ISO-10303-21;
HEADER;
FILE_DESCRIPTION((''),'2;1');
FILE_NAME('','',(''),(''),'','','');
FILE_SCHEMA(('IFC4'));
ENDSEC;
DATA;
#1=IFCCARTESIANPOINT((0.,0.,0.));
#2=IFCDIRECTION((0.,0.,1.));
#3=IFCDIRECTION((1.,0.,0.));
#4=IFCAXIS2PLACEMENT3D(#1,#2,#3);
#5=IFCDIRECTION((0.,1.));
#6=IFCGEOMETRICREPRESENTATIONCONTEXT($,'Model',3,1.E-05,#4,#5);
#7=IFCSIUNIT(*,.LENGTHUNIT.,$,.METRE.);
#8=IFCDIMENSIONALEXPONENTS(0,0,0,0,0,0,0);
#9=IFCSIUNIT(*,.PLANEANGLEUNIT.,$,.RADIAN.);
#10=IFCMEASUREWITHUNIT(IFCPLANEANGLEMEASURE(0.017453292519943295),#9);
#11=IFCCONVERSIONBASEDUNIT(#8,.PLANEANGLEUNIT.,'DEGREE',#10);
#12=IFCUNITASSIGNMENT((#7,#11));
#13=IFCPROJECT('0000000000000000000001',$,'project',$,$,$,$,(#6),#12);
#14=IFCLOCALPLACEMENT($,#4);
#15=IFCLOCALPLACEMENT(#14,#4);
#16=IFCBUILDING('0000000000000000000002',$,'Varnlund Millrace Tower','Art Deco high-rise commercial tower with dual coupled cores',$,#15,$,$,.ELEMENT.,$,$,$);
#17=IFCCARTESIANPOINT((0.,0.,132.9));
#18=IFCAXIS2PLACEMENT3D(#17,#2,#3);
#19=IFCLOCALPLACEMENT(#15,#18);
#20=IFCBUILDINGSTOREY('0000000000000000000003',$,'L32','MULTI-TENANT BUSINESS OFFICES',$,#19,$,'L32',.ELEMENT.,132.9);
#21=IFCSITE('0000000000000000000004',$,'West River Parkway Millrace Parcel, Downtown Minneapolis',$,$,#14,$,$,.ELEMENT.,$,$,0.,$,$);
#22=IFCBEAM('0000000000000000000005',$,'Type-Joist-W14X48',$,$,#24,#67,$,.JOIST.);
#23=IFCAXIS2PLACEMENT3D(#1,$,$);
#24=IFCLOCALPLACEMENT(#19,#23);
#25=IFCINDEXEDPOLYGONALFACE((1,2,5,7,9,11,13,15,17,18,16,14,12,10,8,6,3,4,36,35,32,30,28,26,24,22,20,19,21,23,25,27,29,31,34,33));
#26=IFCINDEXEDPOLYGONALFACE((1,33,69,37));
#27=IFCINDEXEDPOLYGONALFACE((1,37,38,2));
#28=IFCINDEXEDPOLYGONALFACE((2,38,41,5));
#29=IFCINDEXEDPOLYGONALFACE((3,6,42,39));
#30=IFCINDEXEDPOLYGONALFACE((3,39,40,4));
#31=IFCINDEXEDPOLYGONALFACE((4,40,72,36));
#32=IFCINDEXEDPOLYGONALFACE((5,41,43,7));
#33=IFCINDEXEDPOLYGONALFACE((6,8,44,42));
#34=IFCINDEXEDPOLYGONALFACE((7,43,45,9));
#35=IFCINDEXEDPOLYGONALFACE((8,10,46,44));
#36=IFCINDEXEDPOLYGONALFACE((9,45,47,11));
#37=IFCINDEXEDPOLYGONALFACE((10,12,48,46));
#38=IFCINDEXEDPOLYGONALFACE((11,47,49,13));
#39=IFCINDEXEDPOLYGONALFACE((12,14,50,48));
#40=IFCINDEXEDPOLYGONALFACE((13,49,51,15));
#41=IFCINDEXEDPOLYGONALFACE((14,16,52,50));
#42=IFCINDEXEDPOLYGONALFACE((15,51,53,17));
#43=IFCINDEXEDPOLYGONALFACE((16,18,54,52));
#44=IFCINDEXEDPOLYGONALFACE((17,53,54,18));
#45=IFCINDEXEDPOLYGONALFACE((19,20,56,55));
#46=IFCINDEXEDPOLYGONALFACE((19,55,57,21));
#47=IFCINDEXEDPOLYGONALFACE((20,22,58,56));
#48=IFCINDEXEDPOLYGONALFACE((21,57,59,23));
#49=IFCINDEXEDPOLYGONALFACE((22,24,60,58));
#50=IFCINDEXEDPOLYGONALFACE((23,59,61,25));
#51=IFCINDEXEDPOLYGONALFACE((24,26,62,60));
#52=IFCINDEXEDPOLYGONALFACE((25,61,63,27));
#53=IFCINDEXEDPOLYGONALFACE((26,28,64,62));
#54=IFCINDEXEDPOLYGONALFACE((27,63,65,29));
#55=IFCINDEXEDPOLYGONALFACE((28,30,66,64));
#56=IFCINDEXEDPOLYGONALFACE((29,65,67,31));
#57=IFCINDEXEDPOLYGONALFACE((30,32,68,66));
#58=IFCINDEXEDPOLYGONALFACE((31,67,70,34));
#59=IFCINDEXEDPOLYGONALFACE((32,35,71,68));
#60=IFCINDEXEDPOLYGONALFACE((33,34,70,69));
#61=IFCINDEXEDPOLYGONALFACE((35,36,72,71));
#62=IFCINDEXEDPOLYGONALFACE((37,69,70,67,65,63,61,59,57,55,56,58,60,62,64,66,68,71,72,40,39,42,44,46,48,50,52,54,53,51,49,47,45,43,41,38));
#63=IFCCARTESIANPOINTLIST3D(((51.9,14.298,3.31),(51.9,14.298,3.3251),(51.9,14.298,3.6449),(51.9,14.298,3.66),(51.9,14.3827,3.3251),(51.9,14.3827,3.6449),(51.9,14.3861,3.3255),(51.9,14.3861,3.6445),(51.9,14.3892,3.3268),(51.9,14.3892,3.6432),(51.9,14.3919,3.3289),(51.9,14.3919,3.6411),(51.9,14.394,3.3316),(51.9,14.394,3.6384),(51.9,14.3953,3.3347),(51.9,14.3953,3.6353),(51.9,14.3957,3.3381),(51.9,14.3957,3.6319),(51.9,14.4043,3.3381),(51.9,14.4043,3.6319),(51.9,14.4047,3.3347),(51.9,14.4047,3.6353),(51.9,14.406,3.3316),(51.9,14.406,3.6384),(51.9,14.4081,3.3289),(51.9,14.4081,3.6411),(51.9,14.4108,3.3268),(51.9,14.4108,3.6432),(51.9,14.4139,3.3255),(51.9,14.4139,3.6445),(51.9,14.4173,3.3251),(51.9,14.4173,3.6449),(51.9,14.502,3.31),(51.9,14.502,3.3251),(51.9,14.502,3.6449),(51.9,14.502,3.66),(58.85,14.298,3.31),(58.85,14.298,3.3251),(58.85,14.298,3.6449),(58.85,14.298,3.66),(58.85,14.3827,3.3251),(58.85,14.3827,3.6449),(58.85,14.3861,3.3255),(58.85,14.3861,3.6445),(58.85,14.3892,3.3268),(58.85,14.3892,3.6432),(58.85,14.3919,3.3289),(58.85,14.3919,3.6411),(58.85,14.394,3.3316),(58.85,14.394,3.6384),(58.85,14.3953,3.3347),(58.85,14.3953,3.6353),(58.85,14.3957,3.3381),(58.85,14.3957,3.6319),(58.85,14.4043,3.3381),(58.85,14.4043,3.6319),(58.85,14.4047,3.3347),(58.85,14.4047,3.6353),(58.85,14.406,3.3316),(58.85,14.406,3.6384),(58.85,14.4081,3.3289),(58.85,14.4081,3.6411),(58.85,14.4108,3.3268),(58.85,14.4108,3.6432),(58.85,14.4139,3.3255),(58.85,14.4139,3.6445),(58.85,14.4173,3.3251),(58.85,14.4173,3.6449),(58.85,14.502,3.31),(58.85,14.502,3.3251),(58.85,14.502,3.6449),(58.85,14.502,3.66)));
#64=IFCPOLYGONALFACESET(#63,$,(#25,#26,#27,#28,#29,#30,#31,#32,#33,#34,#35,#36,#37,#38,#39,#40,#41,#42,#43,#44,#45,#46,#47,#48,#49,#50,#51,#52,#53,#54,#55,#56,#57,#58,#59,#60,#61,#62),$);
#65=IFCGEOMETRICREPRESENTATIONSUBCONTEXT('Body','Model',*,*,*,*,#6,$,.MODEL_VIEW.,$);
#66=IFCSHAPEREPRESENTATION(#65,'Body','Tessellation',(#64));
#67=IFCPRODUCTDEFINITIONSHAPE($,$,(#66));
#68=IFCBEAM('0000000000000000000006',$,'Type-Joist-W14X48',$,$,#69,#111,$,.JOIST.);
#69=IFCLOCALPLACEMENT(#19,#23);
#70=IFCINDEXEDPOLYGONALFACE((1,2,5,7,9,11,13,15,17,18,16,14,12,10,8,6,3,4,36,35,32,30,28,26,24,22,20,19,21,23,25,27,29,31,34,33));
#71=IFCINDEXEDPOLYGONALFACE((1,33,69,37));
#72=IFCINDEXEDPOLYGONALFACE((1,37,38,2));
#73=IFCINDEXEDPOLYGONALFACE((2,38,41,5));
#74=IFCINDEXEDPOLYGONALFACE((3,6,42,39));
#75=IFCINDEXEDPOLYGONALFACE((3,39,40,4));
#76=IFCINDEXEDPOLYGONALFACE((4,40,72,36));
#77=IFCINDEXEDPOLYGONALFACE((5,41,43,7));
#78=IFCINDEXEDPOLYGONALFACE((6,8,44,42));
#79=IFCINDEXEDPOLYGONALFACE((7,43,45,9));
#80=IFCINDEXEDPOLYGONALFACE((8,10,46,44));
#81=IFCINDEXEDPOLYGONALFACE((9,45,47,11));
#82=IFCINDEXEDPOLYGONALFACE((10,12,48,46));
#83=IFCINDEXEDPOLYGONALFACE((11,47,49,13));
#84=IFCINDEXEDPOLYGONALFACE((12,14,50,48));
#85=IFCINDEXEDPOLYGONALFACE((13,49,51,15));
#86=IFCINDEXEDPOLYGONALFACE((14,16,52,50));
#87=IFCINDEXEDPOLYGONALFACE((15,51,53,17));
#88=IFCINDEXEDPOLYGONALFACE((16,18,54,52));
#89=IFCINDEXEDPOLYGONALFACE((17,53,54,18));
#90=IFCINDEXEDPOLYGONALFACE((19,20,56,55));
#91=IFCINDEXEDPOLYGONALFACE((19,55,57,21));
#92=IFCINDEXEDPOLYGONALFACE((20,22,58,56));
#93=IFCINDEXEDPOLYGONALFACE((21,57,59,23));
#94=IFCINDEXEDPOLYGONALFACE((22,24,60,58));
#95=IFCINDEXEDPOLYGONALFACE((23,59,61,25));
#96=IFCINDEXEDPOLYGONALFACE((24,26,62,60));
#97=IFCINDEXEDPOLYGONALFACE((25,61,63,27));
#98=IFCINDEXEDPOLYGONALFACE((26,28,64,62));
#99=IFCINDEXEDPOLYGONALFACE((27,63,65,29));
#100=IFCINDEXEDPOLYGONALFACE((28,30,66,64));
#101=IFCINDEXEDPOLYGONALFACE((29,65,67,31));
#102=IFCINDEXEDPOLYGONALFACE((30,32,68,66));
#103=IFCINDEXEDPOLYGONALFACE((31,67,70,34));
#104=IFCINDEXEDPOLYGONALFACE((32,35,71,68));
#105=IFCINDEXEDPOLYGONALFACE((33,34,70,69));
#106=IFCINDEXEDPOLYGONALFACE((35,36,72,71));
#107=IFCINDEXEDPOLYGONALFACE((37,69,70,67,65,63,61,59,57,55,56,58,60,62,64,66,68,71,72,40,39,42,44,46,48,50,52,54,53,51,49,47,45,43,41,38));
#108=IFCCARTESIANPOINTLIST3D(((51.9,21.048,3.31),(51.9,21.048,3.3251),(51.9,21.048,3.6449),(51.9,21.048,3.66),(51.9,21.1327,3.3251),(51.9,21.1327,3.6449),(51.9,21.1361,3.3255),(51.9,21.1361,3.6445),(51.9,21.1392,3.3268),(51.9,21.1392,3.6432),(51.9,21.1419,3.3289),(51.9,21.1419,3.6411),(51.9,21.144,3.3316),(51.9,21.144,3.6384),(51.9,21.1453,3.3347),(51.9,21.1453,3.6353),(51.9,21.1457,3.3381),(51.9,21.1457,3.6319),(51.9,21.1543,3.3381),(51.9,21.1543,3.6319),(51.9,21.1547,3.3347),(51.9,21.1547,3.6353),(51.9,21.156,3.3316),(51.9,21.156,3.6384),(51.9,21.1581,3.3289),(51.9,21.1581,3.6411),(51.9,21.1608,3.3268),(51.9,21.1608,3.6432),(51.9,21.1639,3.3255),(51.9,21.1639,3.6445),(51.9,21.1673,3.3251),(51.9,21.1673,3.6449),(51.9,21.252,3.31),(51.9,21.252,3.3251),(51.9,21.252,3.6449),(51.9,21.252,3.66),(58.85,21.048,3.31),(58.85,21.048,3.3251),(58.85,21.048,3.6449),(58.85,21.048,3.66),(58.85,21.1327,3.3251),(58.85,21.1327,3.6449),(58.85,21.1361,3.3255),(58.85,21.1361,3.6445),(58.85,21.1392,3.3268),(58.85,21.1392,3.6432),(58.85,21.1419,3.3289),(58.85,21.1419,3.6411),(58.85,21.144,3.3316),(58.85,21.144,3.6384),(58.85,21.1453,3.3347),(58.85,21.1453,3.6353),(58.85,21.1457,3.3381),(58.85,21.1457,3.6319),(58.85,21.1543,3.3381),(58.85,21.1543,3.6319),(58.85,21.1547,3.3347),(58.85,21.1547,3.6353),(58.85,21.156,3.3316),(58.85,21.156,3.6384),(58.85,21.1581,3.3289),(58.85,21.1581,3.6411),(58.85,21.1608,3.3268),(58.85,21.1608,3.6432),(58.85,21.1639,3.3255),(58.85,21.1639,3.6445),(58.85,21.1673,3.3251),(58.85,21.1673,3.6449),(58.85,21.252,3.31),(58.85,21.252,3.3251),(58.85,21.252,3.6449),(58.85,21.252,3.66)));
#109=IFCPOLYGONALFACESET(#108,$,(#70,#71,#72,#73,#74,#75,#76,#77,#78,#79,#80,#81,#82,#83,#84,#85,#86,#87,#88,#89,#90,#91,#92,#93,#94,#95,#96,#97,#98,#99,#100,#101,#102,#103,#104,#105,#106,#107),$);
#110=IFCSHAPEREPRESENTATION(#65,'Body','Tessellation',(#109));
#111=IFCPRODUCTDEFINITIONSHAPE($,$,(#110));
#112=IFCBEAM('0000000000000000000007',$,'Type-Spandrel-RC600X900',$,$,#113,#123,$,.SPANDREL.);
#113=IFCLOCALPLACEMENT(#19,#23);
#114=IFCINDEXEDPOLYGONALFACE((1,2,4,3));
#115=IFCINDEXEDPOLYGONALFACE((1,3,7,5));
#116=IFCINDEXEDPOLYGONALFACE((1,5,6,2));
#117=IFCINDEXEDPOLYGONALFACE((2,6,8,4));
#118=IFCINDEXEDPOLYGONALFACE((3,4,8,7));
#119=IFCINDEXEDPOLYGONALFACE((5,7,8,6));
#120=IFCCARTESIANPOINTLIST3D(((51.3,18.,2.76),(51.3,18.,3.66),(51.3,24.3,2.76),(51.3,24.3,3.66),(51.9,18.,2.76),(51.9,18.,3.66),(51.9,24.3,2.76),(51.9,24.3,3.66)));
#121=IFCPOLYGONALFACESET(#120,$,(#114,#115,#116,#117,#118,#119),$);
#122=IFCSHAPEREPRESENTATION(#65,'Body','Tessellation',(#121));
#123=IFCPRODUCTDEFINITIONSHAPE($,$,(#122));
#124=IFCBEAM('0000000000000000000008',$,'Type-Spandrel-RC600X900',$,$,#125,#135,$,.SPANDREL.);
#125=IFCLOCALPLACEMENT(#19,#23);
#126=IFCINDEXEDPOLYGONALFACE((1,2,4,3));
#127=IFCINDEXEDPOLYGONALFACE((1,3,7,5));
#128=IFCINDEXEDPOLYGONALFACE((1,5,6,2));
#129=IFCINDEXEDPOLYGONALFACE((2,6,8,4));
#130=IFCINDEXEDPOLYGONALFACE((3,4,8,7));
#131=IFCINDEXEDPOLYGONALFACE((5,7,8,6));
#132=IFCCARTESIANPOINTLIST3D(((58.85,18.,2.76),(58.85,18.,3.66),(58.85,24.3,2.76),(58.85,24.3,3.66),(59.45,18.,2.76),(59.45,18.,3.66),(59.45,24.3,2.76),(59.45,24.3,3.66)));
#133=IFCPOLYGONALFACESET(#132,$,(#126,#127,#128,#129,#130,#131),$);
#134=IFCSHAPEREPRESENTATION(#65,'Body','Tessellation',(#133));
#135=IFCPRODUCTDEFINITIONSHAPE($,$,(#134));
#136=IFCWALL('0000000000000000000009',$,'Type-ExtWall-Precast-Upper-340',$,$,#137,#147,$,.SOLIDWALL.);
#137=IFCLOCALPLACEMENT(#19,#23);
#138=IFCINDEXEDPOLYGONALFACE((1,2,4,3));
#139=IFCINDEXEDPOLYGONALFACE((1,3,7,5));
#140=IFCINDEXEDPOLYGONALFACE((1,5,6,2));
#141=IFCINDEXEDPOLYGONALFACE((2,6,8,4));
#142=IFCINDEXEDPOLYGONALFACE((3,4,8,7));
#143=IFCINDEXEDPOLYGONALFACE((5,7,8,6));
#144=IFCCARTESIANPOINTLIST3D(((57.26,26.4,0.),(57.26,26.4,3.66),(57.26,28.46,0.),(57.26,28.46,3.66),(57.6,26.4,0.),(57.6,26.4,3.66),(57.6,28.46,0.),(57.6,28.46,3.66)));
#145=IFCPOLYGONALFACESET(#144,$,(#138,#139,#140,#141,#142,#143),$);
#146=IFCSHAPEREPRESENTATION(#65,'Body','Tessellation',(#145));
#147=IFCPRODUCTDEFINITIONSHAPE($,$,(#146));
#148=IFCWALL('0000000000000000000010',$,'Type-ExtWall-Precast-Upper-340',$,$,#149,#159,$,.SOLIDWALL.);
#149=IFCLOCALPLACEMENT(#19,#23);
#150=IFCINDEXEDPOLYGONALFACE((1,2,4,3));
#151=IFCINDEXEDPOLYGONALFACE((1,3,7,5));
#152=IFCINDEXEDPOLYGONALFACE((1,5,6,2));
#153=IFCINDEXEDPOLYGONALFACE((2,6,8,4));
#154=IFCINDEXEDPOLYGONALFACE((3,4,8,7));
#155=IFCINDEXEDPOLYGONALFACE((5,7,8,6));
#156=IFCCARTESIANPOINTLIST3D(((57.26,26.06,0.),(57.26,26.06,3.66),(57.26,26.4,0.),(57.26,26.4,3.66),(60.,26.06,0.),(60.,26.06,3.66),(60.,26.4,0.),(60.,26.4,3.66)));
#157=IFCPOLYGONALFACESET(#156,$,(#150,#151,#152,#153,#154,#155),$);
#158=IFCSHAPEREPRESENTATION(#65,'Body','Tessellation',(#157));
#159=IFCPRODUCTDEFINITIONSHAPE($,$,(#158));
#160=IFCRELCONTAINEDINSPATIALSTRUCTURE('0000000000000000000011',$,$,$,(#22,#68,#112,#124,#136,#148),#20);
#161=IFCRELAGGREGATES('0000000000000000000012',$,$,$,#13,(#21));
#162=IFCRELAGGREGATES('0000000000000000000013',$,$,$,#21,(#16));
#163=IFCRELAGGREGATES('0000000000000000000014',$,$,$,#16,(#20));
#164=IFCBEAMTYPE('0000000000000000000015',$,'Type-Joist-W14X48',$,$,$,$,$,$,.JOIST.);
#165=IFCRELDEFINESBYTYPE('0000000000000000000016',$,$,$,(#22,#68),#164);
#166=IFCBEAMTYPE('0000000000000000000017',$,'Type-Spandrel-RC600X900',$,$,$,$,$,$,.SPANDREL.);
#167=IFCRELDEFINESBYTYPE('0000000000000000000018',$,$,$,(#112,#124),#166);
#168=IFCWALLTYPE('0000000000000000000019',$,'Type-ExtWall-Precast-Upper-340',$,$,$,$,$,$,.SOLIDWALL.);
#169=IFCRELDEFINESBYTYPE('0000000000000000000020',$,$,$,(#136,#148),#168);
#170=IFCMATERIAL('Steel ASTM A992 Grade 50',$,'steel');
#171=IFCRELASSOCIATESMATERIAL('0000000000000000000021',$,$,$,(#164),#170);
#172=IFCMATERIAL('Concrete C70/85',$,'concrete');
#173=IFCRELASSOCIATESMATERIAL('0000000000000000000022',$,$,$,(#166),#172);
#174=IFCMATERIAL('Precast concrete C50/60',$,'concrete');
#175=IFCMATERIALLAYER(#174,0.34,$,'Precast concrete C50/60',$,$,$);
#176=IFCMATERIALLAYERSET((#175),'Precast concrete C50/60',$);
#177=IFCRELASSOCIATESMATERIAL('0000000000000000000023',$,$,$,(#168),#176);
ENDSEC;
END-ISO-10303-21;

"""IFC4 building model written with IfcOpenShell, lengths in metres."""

from ifc_helpers import new_model, entity, si_unit, converted_unit, direction, frame, origin_with_axes, origin_2d_with_axis, place, context, subcontext, project, spatial, polyline, rectangle, i_section, outline, extrude, material, layer, layer_set, material_profile, profile_set, type_object, element, save


model = new_model("IFC4")

# Units and contexts
model_context = context("Model", 3, precision=1e-05, world=origin_with_axes(), true_north=direction((0.0, 1.0)))
body_context = subcontext(model_context, "Body", "Model", "MODEL_VIEW")
ifc_project = project(units=[si_unit("LENGTHUNIT", "METRE"), converted_unit("PLANEANGLEUNIT", "DEGREE", entity("IfcPlaneAngleMeasure", 0.017453292519943295), si_unit("PLANEANGLEUNIT", "RADIAN"), dimensions=[0, 0, 0, 0, 0, 0, 0])], contexts=[model_context])

# Site, building, storey
site_placement = place(None, origin_with_axes())
site = spatial("IfcSite", under=ifc_project, at=site_placement, Name="West River Parkway Millrace Parcel, Downtown Minneapolis", CompositionType="ELEMENT", RefElevation=0.0)
building_placement = place(site_placement, origin_with_axes())
building = spatial("IfcBuilding", under=site, at=building_placement, Name="Varnlund Millrace Tower", Description="Art Deco high-rise commercial tower with dual coupled cores", CompositionType="ELEMENT")
storey_placement = place(building_placement, frame((0.0, 0.0, 132.9), z_axis=(0.0, 0.0, 1.0), x_axis=(1.0, 0.0, 0.0)))
storey = spatial("IfcBuildingStorey", under=building, at=storey_placement, Name="L32", Description="MULTI-TENANT BUSINESS OFFICES", LongName="L32", CompositionType="ELEMENT", Elevation=132.9)

# Beams
ifc_material_1 = material(Name="Steel ASTM A992 Grade 50", Category="steel")
ifc_material_profile_1 = material_profile(ifc_material_1, i_section(OverallWidth=0.204, OverallDepth=0.35, WebThickness=0.0086, FlangeThickness=0.0151, FilletRadius=0.013, at=origin_2d_with_axis()), Name="Steel ASTM A992 Grade 50")
ifc_profile_set_1 = profile_set([ifc_material_profile_1], Name="Steel ASTM A992 Grade 50")
beam_type_1 = type_object("IfcBeamType", Name="Type-Joist-W14X48", PredefinedType="JOIST", material=ifc_profile_set_1)
for number, where, z_axis, x_axis, name in (
    (1, (51.9, 14.4, 3.485), (1.0, 0.0, 0.0), (0.0, 1.0, 0.0), "Type-Joist-W14X48"),
    (2, (51.9, 21.15, 3.485), (1.0, 0.0, 0.0), (0.0, 1.0, 0.0), "Type-Joist-W14X48"),
):
    element("IfcBeam", number, at=place(storey_placement, frame(where, z_axis=z_axis, x_axis=x_axis)), inside=storey, type_object=beam_type_1, Name=name, PredefinedType="JOIST", context=body_context, shape_type="SweptSolid", body=[
        extrude(i_section(OverallWidth=0.204, OverallDepth=0.35, WebThickness=0.0086, FlangeThickness=0.0151, FilletRadius=0.013, at=origin_2d_with_axis()), origin_with_axes(), (0.0, 0.0, 1.0), 6.95),
    ])
ifc_material_2 = material(Name="Concrete C70/85", Category="concrete")
ifc_material_profile_2 = material_profile(ifc_material_2, rectangle(XDim=0.6, YDim=0.9, at=origin_2d_with_axis()), Name="Concrete C70/85")
ifc_profile_set_2 = profile_set([ifc_material_profile_2], Name="Concrete C70/85")
beam_type_2 = type_object("IfcBeamType", Name="Type-Spandrel-RC600X900", PredefinedType="SPANDREL", material=ifc_profile_set_2)
for number, where, z_axis, x_axis, name in (
    (3, (51.6, 18.0, 3.21), (0.0, 1.0, 0.0), (-1.0, 0.0, 0.0), "Type-Spandrel-RC600X900"),
    (4, (59.15, 18.0, 3.21), (0.0, 1.0, 0.0), (-1.0, 0.0, 0.0), "Type-Spandrel-RC600X900"),
):
    element("IfcBeam", number, at=place(storey_placement, frame(where, z_axis=z_axis, x_axis=x_axis)), inside=storey, type_object=beam_type_2, Name=name, PredefinedType="SPANDREL", context=body_context, shape_type="SweptSolid", body=[
        extrude(rectangle(XDim=0.6, YDim=0.9, at=origin_2d_with_axis()), origin_with_axes(), (0.0, 0.0, 1.0), 6.3),
    ])

# Walls
ifc_material_3 = material(Name="Precast concrete C50/60", Category="concrete")
ifc_layer = layer(ifc_material_3, 0.34, Name="Precast concrete C50/60")
ifc_layer_set = layer_set([ifc_layer], Name="Precast concrete C50/60")
wall_type = type_object("IfcWallType", Name="Type-ExtWall-Precast-Upper-340", PredefinedType="SOLIDWALL", material=ifc_layer_set)
wall_1_placement = place(storey_placement, frame((57.43, 28.46, 0.0), z_axis=(0.0, 0.0, 1.0), x_axis=(0.0, -1.0, 0.0)))
element("IfcWall", 5, at=wall_1_placement, inside=storey, type_object=wall_type, Name="Type-ExtWall-Precast-Upper-340", PredefinedType="SOLIDWALL", context=body_context, shape_type="SweptSolid", body=[
    extrude(outline(polyline([(0.0, -0.17), (2.06, -0.17), (2.06, 0.17), (0.0, 0.17), (0.0, -0.17)])), origin_with_axes(), (0.0, 0.0, 1.0), 3.66),
])
wall_2_placement = place(storey_placement, frame((57.26, 26.23, 0.0), z_axis=(0.0, 0.0, 1.0), x_axis=(1.0, 0.0, 0.0)))
element("IfcWall", 6, at=wall_2_placement, inside=storey, type_object=wall_type, Name="Type-ExtWall-Precast-Upper-340", PredefinedType="SOLIDWALL", context=body_context, shape_type="SweptSolid", body=[
    extrude(outline(polyline([(0.0, -0.17), (2.74, -0.17), (2.74, 0.17), (0.0, 0.17), (0.0, -0.17)])), origin_with_axes(), (0.0, 0.0, 1.0), 3.66),
])

save(model, "model.ifc")
